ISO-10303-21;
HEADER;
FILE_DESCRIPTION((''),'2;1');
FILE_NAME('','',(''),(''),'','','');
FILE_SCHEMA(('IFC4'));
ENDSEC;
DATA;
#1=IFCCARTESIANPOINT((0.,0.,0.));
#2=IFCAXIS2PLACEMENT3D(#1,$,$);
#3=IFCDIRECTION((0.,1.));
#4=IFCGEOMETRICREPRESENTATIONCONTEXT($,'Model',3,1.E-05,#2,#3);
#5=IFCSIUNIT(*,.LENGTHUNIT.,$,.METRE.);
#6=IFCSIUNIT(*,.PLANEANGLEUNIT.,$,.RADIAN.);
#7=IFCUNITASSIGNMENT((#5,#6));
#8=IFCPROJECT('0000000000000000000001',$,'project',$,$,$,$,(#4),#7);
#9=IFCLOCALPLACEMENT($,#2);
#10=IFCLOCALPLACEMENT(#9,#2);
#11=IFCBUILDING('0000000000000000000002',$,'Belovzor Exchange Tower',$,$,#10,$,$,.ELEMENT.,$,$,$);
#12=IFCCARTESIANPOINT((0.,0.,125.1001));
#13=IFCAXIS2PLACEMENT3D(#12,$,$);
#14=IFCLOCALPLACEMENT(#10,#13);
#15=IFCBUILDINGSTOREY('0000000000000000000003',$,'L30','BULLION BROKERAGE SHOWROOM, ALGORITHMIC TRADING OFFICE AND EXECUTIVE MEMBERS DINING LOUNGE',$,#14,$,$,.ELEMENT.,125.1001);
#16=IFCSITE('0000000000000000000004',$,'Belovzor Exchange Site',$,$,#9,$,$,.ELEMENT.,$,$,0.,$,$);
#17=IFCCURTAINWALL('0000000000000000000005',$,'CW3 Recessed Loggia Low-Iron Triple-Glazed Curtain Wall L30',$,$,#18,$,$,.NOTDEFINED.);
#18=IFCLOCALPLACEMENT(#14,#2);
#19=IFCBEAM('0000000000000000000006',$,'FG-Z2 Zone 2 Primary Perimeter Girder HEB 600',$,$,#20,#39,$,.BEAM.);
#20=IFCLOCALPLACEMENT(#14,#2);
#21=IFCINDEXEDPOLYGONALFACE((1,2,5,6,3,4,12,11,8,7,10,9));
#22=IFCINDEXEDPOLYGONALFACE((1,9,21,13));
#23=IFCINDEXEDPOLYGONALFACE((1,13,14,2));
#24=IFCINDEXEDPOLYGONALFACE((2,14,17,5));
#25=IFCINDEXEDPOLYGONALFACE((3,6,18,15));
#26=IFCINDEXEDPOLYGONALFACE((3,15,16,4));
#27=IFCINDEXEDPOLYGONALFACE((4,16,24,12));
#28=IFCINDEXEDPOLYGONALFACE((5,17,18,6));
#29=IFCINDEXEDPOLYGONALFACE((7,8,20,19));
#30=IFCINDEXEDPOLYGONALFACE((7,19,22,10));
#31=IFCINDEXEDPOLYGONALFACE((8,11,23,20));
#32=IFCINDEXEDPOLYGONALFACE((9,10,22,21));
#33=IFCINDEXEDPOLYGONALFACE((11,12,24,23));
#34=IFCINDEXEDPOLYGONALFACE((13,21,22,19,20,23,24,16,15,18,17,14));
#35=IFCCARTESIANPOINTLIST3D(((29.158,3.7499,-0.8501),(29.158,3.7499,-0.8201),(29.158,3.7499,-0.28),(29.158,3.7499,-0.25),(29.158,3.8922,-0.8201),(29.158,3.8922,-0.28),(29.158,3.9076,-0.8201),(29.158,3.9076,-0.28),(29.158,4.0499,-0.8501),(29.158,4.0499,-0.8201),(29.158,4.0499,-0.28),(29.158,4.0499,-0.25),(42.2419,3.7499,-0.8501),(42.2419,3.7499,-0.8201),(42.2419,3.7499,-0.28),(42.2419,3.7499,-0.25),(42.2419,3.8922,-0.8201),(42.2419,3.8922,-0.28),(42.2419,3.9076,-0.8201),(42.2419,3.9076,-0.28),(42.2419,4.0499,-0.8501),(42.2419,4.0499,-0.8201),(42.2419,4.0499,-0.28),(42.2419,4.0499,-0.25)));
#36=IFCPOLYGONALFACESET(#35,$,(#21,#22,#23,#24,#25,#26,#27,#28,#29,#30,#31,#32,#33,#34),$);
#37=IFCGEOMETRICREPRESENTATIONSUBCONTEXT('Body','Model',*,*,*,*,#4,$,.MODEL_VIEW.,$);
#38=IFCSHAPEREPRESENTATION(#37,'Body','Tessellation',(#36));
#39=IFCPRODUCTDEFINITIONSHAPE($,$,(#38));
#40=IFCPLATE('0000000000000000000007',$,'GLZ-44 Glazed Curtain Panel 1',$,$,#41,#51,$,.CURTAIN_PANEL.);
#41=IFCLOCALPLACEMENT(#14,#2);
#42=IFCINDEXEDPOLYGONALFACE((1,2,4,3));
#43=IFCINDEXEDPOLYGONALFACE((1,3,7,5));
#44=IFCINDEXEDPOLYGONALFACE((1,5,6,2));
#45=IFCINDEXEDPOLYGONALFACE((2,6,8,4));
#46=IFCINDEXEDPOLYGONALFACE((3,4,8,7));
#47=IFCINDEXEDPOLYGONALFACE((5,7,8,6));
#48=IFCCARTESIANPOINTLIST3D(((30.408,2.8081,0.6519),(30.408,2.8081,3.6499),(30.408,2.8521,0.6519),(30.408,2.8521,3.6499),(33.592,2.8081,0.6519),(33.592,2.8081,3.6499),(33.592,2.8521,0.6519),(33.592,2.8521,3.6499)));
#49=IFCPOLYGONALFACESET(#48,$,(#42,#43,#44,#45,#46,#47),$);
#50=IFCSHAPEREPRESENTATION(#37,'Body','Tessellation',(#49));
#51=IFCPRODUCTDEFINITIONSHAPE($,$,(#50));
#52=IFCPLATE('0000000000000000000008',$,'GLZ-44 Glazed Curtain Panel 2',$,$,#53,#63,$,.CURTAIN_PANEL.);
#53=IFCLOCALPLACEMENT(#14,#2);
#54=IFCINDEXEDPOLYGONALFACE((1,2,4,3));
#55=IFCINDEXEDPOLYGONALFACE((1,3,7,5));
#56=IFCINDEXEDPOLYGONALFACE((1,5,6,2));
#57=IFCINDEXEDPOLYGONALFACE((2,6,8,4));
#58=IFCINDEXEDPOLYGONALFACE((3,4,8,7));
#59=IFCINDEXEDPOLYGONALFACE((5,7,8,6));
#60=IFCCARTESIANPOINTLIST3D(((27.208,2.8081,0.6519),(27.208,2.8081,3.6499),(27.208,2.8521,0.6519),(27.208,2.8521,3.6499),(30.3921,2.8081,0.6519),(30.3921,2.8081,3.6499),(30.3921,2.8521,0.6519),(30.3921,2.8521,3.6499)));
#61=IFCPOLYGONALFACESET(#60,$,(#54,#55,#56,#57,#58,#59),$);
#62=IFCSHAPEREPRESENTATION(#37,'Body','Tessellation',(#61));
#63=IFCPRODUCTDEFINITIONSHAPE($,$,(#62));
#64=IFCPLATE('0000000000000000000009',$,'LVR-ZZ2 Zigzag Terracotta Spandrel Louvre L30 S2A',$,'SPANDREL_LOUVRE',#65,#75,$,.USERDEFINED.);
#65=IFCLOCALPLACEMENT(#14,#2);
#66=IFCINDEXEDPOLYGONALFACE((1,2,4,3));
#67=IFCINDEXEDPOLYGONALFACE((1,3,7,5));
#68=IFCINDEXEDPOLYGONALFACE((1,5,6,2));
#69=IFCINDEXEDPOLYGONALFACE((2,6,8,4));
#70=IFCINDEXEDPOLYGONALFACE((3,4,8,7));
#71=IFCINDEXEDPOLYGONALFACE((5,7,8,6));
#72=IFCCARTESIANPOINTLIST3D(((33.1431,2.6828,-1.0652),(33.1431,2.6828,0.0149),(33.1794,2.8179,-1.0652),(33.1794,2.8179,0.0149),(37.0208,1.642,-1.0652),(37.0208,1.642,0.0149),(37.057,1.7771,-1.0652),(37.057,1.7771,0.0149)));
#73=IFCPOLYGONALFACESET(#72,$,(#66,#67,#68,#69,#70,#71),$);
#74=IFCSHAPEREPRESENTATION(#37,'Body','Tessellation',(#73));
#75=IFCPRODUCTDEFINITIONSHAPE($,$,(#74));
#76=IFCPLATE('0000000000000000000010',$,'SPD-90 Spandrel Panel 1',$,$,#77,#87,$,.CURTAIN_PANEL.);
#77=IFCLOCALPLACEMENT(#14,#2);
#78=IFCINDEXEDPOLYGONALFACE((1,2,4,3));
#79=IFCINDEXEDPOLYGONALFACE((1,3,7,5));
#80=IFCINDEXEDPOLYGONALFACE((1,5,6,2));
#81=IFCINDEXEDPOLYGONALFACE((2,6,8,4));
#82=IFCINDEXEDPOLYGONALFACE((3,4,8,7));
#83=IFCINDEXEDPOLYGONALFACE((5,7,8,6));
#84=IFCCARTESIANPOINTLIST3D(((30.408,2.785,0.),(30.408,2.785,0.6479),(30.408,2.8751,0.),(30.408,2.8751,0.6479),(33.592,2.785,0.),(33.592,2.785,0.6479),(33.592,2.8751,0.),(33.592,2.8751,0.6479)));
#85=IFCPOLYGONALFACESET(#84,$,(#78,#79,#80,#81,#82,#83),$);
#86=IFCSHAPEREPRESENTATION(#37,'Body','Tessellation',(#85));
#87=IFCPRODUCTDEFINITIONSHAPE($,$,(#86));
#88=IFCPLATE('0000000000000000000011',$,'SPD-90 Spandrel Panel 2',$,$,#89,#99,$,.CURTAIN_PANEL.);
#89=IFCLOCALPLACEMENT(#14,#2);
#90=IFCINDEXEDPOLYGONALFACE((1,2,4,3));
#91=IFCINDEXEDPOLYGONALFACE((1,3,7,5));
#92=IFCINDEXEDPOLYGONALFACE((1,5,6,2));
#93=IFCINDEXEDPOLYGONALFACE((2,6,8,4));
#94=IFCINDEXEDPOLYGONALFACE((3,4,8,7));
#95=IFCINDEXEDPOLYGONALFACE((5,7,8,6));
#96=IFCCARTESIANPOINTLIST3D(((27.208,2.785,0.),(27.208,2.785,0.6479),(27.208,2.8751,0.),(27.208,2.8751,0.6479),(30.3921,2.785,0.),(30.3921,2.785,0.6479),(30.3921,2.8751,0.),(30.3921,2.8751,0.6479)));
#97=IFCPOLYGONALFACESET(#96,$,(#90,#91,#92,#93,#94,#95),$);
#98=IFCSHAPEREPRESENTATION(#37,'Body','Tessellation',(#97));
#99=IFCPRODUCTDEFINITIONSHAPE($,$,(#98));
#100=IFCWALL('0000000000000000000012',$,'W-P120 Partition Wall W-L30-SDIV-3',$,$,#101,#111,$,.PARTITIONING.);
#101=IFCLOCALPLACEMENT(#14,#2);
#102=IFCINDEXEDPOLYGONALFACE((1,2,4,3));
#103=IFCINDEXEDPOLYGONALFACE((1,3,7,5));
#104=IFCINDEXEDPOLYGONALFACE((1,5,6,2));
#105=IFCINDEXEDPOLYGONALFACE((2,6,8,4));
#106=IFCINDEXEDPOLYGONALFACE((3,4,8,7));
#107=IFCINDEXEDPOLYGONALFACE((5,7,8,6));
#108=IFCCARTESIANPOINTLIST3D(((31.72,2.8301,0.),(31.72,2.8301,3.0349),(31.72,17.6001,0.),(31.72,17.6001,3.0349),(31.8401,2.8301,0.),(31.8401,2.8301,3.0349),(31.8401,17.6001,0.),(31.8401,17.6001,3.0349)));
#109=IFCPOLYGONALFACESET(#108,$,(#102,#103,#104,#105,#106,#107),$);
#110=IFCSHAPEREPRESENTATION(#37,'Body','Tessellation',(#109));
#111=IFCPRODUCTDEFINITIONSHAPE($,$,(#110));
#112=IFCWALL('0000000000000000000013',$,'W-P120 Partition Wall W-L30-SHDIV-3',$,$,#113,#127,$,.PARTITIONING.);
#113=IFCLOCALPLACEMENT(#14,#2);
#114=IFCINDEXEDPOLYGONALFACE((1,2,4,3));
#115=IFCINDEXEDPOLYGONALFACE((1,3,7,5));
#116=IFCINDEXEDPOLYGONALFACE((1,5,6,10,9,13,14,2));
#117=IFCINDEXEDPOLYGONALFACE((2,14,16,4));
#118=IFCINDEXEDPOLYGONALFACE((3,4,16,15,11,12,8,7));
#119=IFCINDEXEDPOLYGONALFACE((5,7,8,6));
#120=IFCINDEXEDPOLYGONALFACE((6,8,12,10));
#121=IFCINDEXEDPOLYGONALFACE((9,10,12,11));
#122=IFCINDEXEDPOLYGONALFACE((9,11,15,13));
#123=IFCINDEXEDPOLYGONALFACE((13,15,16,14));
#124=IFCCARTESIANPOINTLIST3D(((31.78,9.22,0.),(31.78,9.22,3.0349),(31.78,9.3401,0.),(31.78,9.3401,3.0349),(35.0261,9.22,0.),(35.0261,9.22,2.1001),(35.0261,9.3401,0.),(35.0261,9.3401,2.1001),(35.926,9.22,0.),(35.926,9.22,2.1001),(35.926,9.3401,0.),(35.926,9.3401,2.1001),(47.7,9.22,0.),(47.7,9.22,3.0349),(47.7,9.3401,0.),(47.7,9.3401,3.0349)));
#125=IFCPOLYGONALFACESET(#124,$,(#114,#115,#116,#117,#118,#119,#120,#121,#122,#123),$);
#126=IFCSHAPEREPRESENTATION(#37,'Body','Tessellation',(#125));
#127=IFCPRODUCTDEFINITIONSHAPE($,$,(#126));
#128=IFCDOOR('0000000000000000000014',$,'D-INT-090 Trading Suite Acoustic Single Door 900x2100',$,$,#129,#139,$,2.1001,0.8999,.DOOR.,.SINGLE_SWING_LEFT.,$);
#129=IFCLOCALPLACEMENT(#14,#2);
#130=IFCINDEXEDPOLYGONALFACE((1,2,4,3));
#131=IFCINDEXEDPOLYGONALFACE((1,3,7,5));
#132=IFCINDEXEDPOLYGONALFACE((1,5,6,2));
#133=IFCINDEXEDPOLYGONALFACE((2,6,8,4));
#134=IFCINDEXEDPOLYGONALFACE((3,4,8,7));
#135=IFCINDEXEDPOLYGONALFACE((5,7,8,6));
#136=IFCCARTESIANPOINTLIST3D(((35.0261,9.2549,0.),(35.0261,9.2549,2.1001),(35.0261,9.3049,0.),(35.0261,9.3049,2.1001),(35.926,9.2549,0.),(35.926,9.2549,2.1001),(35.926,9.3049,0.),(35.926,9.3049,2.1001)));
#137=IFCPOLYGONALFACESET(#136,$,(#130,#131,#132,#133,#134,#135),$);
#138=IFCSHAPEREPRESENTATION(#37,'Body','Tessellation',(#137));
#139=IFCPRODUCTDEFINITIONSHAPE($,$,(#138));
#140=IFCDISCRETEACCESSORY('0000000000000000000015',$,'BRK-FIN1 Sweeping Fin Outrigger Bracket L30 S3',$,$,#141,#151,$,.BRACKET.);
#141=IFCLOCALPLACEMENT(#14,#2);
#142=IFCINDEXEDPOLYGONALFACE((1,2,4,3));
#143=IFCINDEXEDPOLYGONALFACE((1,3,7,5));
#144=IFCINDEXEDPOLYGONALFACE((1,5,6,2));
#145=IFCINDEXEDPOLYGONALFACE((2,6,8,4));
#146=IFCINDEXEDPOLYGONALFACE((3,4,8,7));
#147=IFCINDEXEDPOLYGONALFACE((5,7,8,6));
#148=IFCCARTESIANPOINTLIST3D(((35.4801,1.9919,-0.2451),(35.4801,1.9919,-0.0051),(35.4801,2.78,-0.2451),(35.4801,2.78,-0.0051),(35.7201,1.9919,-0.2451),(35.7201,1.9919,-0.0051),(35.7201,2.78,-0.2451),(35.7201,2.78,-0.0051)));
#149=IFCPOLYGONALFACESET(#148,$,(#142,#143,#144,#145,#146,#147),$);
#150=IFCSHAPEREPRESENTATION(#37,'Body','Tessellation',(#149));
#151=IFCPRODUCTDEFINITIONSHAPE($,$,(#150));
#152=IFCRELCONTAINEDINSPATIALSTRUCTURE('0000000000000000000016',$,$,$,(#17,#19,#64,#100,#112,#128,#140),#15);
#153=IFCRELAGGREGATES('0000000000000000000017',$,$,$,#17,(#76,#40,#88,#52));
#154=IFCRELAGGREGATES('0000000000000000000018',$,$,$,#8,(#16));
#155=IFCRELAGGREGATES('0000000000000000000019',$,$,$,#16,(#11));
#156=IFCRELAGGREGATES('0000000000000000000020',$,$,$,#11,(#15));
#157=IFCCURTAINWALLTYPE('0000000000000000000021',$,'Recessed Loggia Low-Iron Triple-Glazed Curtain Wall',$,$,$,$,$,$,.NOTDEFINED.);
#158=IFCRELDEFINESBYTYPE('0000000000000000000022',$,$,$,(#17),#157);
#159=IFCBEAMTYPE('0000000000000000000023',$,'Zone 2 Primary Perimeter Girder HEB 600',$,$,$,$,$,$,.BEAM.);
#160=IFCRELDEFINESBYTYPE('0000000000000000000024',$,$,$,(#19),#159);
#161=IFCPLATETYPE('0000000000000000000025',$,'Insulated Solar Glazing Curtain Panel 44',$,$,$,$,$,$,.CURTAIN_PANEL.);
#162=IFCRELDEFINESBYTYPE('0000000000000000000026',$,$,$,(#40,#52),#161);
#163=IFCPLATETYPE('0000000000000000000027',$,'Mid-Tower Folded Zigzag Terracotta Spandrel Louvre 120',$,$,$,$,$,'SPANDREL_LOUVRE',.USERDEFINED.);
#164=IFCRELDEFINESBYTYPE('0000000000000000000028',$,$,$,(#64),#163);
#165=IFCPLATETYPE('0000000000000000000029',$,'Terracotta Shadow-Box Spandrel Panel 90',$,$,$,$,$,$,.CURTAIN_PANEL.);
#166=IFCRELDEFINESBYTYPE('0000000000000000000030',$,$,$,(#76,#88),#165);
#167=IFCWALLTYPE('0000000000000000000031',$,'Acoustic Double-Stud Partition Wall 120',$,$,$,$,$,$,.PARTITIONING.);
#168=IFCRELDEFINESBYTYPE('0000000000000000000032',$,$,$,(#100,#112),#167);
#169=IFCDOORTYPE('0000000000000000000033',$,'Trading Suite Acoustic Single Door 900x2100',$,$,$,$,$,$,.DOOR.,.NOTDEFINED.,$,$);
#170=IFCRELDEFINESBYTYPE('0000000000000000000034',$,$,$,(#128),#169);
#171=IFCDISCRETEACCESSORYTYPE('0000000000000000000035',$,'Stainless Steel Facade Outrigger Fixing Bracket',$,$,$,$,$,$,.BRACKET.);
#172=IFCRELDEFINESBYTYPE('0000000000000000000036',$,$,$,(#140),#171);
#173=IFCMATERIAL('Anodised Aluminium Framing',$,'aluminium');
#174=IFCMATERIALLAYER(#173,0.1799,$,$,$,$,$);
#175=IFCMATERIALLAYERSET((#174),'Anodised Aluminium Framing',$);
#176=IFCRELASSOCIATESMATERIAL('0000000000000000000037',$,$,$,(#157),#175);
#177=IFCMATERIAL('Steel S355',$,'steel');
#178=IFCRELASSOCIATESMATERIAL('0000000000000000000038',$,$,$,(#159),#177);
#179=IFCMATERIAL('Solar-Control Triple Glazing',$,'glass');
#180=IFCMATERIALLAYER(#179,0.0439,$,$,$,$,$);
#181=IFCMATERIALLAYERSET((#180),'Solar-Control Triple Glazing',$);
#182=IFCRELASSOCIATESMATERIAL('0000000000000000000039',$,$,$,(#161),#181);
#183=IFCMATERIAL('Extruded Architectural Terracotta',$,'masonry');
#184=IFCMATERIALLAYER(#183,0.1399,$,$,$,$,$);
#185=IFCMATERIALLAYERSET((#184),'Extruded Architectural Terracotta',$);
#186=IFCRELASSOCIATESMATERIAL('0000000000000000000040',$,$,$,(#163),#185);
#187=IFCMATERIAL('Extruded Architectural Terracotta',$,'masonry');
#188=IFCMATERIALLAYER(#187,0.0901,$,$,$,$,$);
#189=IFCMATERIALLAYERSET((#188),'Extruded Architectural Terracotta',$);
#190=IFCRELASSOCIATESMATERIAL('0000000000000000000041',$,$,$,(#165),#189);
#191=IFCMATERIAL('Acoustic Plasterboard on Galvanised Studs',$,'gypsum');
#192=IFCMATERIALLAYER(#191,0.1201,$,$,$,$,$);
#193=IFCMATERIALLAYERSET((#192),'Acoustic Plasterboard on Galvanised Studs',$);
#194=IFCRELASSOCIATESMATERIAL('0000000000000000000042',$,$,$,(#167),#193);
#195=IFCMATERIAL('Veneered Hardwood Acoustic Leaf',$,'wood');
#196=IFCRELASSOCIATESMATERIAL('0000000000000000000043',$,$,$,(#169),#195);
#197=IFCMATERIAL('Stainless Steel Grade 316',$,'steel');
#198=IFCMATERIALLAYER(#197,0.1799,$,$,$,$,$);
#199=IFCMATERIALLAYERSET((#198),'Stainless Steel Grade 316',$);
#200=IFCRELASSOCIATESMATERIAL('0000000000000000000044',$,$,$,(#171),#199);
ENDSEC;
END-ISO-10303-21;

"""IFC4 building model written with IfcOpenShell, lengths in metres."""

from ifc_helpers import new_model, si_unit, direction, frame, frame_2d, origin, origin_2d, place, context, subcontext, project, spatial, rectangle, i_section, extrude, material, layer, layer_set, material_profile, profile_set, type_object, element, fill, aggregate, save


model = new_model("IFC4")

# Units and contexts
model_context = context("Model", 3, precision=1e-05, world=origin(), true_north=direction((0.0, 1.0)))
body_context = subcontext(model_context, "Body", "Model", "MODEL_VIEW")
ifc_project = project(units=[si_unit("LENGTHUNIT", "METRE"), si_unit("PLANEANGLEUNIT", "RADIAN")], contexts=[model_context])

# Site, building, storey
site_placement = place(None, origin())
site = spatial("IfcSite", under=ifc_project, at=site_placement, Name="Belovzor Exchange Site", CompositionType="ELEMENT", RefElevation=0.0)
building_placement = place(site_placement, origin())
building = spatial("IfcBuilding", under=site, at=building_placement, Name="Belovzor Exchange Tower", CompositionType="ELEMENT")
storey_placement = place(building_placement, frame((0.0, 0.0, 125.1001)))
storey = spatial("IfcBuildingStorey", under=building, at=storey_placement, Name="L30", Description="BULLION BROKERAGE SHOWROOM, ALGORITHMIC TRADING OFFICE AND EXECUTIVE MEMBERS DINING LOUNGE", CompositionType="ELEMENT", Elevation=125.1001)

# Curtain wall
ifc_material_1 = material(Name="Anodised Aluminium Framing", Category="aluminium")
ifc_layer_1 = layer(ifc_material_1, 0.1799)
ifc_layer_set_1 = layer_set([ifc_layer_1], Name="Anodised Aluminium Framing")
curtain_wall_type = type_object("IfcCurtainWallType", Name="Recessed Loggia Low-Iron Triple-Glazed Curtain Wall", PredefinedType="NOTDEFINED", material=ifc_layer_set_1)
curtain_wall_placement = place(storey_placement, origin())
curtain_wall = element("IfcCurtainWall", 1, at=curtain_wall_placement, inside=storey, type_object=curtain_wall_type, Name="CW3 Recessed Loggia Low-Iron Triple-Glazed Curtain Wall L30", PredefinedType="NOTDEFINED")

# Beam
ifc_material_2 = material(Name="Steel S355", Category="steel")
ifc_material_profile_1 = material_profile(ifc_material_2, i_section(OverallWidth=0.3, OverallDepth=0.6001, WebThickness=0.0154, FlangeThickness=0.03, at=origin_2d()))
ifc_profile_set_1 = profile_set([ifc_material_profile_1], Name="Steel S355")
beam_type_1 = type_object("IfcBeamType", Name="Zone 2 Primary Perimeter Girder HEB 600", PredefinedType="BEAM", material=ifc_profile_set_1)
beam_1_placement = place(storey_placement, frame((29.158, 3.8999, -0.55), z_axis=(1.0, 0.0, 0.0), x_axis=(0.0, 1.0, 0.0)))
element("IfcBeam", 2, at=beam_1_placement, inside=storey, type_object=beam_type_1, Name="FG-Z2 Zone 2 Primary Perimeter Girder HEB 600", PredefinedType="BEAM", context=body_context, shape_type="SweptSolid", body=[
    extrude(i_section(OverallWidth=0.3, OverallDepth=0.6001, WebThickness=0.0154, FlangeThickness=0.03, at=origin_2d()), origin(), (0.0, 0.0, 1.0), 13.084),
])

# Plates
ifc_material_3 = material(Name="Solar-Control Triple Glazing", Category="glass")
ifc_layer_2 = layer(ifc_material_3, 0.0439)
ifc_layer_set_2 = layer_set([ifc_layer_2], Name="Solar-Control Triple Glazing")
plate_type_1 = type_object("IfcPlateType", Name="Insulated Solar Glazing Curtain Panel 44", PredefinedType="CURTAIN_PANEL", material=ifc_layer_set_2)
plate_1_placement = place(storey_placement, frame((32.0, 2.8301, 0.6519), z_axis=(0.0, 0.0, 1.0), x_axis=(-1.0, 0.0, 0.0)))
plate_1 = element("IfcPlate", 3, at=plate_1_placement, type_object=plate_type_1, Name="GLZ-44 Glazed Curtain Panel 1", PredefinedType="CURTAIN_PANEL", context=body_context, shape_type="SweptSolid", body=[
    extrude(rectangle(XDim=3.1841, YDim=0.0439, at=origin_2d()), origin(), (0.0, 0.0, 1.0), 2.998),
])
plate_2_placement = place(storey_placement, frame((28.8, 2.8301, 0.6519), z_axis=(0.0, 0.0, 1.0), x_axis=(-1.0, 0.0, 0.0)))
plate_2 = element("IfcPlate", 4, at=plate_2_placement, type_object=plate_type_1, Name="GLZ-44 Glazed Curtain Panel 2", PredefinedType="CURTAIN_PANEL", context=body_context, shape_type="SweptSolid", body=[
    extrude(rectangle(XDim=3.1841, YDim=0.0439, at=origin_2d()), origin(), (0.0, 0.0, 1.0), 2.998),
])
ifc_material_4 = material(Name="Extruded Architectural Terracotta", Category="masonry")
ifc_layer_3 = layer(ifc_material_4, 0.1399)
ifc_layer_set_3 = layer_set([ifc_layer_3], Name="Extruded Architectural Terracotta")
plate_type_2 = type_object("IfcPlateType", Name="Mid-Tower Folded Zigzag Terracotta Spandrel Louvre 120", ElementType="SPANDREL_LOUVRE", PredefinedType="USERDEFINED", material=ifc_layer_set_3)
plate_3_placement = place(storey_placement, frame((35.1001, 2.23, -1.0652), z_axis=(0.0, 0.0, 1.0), x_axis=(0.965813, -0.25924, 0.0)))
element("IfcPlate", 5, at=plate_3_placement, inside=storey, type_object=plate_type_2, Name="LVR-ZZ2 Zigzag Terracotta Spandrel Louvre L30 S2A", ObjectType="SPANDREL_LOUVRE", PredefinedType="USERDEFINED", context=body_context, shape_type="SweptSolid", body=[
    extrude(rectangle(XDim=4.0149, YDim=0.1399, at=origin_2d()), origin(), (0.0, 0.0, 1.0), 1.0801),
])
ifc_material_5 = material(Name="Extruded Architectural Terracotta", Category="masonry")
ifc_layer_4 = layer(ifc_material_5, 0.0901)
ifc_layer_set_4 = layer_set([ifc_layer_4], Name="Extruded Architectural Terracotta")
plate_type_3 = type_object("IfcPlateType", Name="Terracotta Shadow-Box Spandrel Panel 90", PredefinedType="CURTAIN_PANEL", material=ifc_layer_set_4)
plate_4_placement = place(storey_placement, frame((32.0, 2.8301, 0.0), z_axis=(0.0, 0.0, 1.0), x_axis=(-1.0, 0.0, 0.0)))
plate_4 = element("IfcPlate", 6, at=plate_4_placement, type_object=plate_type_3, Name="SPD-90 Spandrel Panel 1", PredefinedType="CURTAIN_PANEL", context=body_context, shape_type="SweptSolid", body=[
    extrude(rectangle(XDim=3.1841, YDim=0.0901, at=origin_2d()), origin(), (0.0, 0.0, 1.0), 0.6479),
])
plate_5_placement = place(storey_placement, frame((28.8, 2.8301, 0.0), z_axis=(0.0, 0.0, 1.0), x_axis=(-1.0, 0.0, 0.0)))
plate_5 = element("IfcPlate", 7, at=plate_5_placement, type_object=plate_type_3, Name="SPD-90 Spandrel Panel 2", PredefinedType="CURTAIN_PANEL", context=body_context, shape_type="SweptSolid", body=[
    extrude(rectangle(XDim=3.1841, YDim=0.0901, at=origin_2d()), origin(), (0.0, 0.0, 1.0), 0.6479),
])
aggregate(curtain_wall, [plate_4, plate_1, plate_5, plate_2])

# Wall
ifc_material_6 = material(Name="Acoustic Plasterboard on Galvanised Studs", Category="gypsum")
ifc_layer_5 = layer(ifc_material_6, 0.1201)
ifc_layer_set_5 = layer_set([ifc_layer_5], Name="Acoustic Plasterboard on Galvanised Studs")
wall_type = type_object("IfcWallType", Name="Acoustic Double-Stud Partition Wall 120", PredefinedType="PARTITIONING", material=ifc_layer_set_5)
wall_1_placement = place(storey_placement, frame((31.78, 2.8301, 0.0), z_axis=(0.0, 0.0, 1.0), x_axis=(0.0, 1.0, 0.0)))
element("IfcWall", 8, at=wall_1_placement, inside=storey, type_object=wall_type, Name="W-P120 Partition Wall W-L30-SDIV-3", PredefinedType="PARTITIONING", context=body_context, shape_type="SweptSolid", body=[
    extrude(rectangle(XDim=14.77, YDim=0.1201, at=frame_2d((7.385, 0.0))), origin(), (0.0, 0.0, 1.0), 3.0349),
])

# Wall, opening, door
wall_2_placement = place(storey_placement, frame((31.78, 9.28, 0.0), z_axis=(0.0, 0.0, 1.0), x_axis=(1.0, 0.0, 0.0)))
wall_2 = element("IfcWall", 9, at=wall_2_placement, inside=storey, type_object=wall_type, Name="W-P120 Partition Wall W-L30-SHDIV-3", PredefinedType="PARTITIONING", context=body_context, shape_type="SweptSolid", body=[
    extrude(rectangle(XDim=15.9199, YDim=0.1201, at=frame_2d((7.96, 0.0))), origin(), (0.0, 0.0, 1.0), 3.0349),
])
opening_placement = place(wall_2_placement, frame((3.2461, 0.0, 0.0)))
opening = element("IfcOpeningElement", 10, at=opening_placement, cuts=wall_2, PredefinedType="OPENING", context=body_context, shape_type="SweptSolid", body=[
    extrude(rectangle(XDim=0.8999, YDim=2.1001, at=frame_2d((0.45, 1.05))), frame((0.0, 0.0701, 0.0), z_axis=(0.0, -1.0, 0.0), x_axis=(1.0, 0.0, 0.0)), (0.0, 0.0, 1.0), 0.1401),
])
ifc_material_7 = material(Name="Veneered Hardwood Acoustic Leaf", Category="wood")
door_type = type_object("IfcDoorType", Name="Trading Suite Acoustic Single Door 900x2100", OperationType="NOTDEFINED", PredefinedType="DOOR", material=ifc_material_7)
door_placement = place(opening_placement, origin())
door = element("IfcDoor", 11, at=door_placement, inside=storey, type_object=door_type, Name="D-INT-090 Trading Suite Acoustic Single Door 900x2100", OperationType="SINGLE_SWING_LEFT", OverallHeight=2.1001, OverallWidth=0.8999, PredefinedType="DOOR", context=body_context, shape_type="SweptSolid", body=[
    extrude(rectangle(XDim=0.8999, YDim=2.1001, at=frame_2d((0.45, 1.05))), frame((0.0, 0.0249, 0.0), z_axis=(0.0, -1.0, 0.0), x_axis=(1.0, 0.0, 0.0)), (0.0, 0.0, 1.0), 0.05),
])
fill(opening, door)

# Discrete accessory
ifc_material_8 = material(Name="Stainless Steel Grade 316", Category="steel")
ifc_layer_6 = layer(ifc_material_8, 0.1799)
ifc_layer_set_6 = layer_set([ifc_layer_6], Name="Stainless Steel Grade 316")
discrete_accessory_type = type_object("IfcDiscreteAccessoryType", Name="Stainless Steel Facade Outrigger Fixing Bracket", PredefinedType="BRACKET", material=ifc_layer_set_6)
discrete_accessory_placement = place(storey_placement, frame((35.6001, 2.386, -0.2451), z_axis=(0.0, 0.0, 1.0), x_axis=(0.0, 1.0, 0.0)))
element("IfcDiscreteAccessory", 12, at=discrete_accessory_placement, inside=storey, type_object=discrete_accessory_type, Name="BRK-FIN1 Sweeping Fin Outrigger Bracket L30 S3", PredefinedType="BRACKET", context=body_context, shape_type="SweptSolid", body=[
    extrude(rectangle(XDim=0.7881, YDim=0.24, at=origin_2d()), origin(), (0.0, 0.0, 1.0), 0.24),
])

save(model, "model.ifc")
